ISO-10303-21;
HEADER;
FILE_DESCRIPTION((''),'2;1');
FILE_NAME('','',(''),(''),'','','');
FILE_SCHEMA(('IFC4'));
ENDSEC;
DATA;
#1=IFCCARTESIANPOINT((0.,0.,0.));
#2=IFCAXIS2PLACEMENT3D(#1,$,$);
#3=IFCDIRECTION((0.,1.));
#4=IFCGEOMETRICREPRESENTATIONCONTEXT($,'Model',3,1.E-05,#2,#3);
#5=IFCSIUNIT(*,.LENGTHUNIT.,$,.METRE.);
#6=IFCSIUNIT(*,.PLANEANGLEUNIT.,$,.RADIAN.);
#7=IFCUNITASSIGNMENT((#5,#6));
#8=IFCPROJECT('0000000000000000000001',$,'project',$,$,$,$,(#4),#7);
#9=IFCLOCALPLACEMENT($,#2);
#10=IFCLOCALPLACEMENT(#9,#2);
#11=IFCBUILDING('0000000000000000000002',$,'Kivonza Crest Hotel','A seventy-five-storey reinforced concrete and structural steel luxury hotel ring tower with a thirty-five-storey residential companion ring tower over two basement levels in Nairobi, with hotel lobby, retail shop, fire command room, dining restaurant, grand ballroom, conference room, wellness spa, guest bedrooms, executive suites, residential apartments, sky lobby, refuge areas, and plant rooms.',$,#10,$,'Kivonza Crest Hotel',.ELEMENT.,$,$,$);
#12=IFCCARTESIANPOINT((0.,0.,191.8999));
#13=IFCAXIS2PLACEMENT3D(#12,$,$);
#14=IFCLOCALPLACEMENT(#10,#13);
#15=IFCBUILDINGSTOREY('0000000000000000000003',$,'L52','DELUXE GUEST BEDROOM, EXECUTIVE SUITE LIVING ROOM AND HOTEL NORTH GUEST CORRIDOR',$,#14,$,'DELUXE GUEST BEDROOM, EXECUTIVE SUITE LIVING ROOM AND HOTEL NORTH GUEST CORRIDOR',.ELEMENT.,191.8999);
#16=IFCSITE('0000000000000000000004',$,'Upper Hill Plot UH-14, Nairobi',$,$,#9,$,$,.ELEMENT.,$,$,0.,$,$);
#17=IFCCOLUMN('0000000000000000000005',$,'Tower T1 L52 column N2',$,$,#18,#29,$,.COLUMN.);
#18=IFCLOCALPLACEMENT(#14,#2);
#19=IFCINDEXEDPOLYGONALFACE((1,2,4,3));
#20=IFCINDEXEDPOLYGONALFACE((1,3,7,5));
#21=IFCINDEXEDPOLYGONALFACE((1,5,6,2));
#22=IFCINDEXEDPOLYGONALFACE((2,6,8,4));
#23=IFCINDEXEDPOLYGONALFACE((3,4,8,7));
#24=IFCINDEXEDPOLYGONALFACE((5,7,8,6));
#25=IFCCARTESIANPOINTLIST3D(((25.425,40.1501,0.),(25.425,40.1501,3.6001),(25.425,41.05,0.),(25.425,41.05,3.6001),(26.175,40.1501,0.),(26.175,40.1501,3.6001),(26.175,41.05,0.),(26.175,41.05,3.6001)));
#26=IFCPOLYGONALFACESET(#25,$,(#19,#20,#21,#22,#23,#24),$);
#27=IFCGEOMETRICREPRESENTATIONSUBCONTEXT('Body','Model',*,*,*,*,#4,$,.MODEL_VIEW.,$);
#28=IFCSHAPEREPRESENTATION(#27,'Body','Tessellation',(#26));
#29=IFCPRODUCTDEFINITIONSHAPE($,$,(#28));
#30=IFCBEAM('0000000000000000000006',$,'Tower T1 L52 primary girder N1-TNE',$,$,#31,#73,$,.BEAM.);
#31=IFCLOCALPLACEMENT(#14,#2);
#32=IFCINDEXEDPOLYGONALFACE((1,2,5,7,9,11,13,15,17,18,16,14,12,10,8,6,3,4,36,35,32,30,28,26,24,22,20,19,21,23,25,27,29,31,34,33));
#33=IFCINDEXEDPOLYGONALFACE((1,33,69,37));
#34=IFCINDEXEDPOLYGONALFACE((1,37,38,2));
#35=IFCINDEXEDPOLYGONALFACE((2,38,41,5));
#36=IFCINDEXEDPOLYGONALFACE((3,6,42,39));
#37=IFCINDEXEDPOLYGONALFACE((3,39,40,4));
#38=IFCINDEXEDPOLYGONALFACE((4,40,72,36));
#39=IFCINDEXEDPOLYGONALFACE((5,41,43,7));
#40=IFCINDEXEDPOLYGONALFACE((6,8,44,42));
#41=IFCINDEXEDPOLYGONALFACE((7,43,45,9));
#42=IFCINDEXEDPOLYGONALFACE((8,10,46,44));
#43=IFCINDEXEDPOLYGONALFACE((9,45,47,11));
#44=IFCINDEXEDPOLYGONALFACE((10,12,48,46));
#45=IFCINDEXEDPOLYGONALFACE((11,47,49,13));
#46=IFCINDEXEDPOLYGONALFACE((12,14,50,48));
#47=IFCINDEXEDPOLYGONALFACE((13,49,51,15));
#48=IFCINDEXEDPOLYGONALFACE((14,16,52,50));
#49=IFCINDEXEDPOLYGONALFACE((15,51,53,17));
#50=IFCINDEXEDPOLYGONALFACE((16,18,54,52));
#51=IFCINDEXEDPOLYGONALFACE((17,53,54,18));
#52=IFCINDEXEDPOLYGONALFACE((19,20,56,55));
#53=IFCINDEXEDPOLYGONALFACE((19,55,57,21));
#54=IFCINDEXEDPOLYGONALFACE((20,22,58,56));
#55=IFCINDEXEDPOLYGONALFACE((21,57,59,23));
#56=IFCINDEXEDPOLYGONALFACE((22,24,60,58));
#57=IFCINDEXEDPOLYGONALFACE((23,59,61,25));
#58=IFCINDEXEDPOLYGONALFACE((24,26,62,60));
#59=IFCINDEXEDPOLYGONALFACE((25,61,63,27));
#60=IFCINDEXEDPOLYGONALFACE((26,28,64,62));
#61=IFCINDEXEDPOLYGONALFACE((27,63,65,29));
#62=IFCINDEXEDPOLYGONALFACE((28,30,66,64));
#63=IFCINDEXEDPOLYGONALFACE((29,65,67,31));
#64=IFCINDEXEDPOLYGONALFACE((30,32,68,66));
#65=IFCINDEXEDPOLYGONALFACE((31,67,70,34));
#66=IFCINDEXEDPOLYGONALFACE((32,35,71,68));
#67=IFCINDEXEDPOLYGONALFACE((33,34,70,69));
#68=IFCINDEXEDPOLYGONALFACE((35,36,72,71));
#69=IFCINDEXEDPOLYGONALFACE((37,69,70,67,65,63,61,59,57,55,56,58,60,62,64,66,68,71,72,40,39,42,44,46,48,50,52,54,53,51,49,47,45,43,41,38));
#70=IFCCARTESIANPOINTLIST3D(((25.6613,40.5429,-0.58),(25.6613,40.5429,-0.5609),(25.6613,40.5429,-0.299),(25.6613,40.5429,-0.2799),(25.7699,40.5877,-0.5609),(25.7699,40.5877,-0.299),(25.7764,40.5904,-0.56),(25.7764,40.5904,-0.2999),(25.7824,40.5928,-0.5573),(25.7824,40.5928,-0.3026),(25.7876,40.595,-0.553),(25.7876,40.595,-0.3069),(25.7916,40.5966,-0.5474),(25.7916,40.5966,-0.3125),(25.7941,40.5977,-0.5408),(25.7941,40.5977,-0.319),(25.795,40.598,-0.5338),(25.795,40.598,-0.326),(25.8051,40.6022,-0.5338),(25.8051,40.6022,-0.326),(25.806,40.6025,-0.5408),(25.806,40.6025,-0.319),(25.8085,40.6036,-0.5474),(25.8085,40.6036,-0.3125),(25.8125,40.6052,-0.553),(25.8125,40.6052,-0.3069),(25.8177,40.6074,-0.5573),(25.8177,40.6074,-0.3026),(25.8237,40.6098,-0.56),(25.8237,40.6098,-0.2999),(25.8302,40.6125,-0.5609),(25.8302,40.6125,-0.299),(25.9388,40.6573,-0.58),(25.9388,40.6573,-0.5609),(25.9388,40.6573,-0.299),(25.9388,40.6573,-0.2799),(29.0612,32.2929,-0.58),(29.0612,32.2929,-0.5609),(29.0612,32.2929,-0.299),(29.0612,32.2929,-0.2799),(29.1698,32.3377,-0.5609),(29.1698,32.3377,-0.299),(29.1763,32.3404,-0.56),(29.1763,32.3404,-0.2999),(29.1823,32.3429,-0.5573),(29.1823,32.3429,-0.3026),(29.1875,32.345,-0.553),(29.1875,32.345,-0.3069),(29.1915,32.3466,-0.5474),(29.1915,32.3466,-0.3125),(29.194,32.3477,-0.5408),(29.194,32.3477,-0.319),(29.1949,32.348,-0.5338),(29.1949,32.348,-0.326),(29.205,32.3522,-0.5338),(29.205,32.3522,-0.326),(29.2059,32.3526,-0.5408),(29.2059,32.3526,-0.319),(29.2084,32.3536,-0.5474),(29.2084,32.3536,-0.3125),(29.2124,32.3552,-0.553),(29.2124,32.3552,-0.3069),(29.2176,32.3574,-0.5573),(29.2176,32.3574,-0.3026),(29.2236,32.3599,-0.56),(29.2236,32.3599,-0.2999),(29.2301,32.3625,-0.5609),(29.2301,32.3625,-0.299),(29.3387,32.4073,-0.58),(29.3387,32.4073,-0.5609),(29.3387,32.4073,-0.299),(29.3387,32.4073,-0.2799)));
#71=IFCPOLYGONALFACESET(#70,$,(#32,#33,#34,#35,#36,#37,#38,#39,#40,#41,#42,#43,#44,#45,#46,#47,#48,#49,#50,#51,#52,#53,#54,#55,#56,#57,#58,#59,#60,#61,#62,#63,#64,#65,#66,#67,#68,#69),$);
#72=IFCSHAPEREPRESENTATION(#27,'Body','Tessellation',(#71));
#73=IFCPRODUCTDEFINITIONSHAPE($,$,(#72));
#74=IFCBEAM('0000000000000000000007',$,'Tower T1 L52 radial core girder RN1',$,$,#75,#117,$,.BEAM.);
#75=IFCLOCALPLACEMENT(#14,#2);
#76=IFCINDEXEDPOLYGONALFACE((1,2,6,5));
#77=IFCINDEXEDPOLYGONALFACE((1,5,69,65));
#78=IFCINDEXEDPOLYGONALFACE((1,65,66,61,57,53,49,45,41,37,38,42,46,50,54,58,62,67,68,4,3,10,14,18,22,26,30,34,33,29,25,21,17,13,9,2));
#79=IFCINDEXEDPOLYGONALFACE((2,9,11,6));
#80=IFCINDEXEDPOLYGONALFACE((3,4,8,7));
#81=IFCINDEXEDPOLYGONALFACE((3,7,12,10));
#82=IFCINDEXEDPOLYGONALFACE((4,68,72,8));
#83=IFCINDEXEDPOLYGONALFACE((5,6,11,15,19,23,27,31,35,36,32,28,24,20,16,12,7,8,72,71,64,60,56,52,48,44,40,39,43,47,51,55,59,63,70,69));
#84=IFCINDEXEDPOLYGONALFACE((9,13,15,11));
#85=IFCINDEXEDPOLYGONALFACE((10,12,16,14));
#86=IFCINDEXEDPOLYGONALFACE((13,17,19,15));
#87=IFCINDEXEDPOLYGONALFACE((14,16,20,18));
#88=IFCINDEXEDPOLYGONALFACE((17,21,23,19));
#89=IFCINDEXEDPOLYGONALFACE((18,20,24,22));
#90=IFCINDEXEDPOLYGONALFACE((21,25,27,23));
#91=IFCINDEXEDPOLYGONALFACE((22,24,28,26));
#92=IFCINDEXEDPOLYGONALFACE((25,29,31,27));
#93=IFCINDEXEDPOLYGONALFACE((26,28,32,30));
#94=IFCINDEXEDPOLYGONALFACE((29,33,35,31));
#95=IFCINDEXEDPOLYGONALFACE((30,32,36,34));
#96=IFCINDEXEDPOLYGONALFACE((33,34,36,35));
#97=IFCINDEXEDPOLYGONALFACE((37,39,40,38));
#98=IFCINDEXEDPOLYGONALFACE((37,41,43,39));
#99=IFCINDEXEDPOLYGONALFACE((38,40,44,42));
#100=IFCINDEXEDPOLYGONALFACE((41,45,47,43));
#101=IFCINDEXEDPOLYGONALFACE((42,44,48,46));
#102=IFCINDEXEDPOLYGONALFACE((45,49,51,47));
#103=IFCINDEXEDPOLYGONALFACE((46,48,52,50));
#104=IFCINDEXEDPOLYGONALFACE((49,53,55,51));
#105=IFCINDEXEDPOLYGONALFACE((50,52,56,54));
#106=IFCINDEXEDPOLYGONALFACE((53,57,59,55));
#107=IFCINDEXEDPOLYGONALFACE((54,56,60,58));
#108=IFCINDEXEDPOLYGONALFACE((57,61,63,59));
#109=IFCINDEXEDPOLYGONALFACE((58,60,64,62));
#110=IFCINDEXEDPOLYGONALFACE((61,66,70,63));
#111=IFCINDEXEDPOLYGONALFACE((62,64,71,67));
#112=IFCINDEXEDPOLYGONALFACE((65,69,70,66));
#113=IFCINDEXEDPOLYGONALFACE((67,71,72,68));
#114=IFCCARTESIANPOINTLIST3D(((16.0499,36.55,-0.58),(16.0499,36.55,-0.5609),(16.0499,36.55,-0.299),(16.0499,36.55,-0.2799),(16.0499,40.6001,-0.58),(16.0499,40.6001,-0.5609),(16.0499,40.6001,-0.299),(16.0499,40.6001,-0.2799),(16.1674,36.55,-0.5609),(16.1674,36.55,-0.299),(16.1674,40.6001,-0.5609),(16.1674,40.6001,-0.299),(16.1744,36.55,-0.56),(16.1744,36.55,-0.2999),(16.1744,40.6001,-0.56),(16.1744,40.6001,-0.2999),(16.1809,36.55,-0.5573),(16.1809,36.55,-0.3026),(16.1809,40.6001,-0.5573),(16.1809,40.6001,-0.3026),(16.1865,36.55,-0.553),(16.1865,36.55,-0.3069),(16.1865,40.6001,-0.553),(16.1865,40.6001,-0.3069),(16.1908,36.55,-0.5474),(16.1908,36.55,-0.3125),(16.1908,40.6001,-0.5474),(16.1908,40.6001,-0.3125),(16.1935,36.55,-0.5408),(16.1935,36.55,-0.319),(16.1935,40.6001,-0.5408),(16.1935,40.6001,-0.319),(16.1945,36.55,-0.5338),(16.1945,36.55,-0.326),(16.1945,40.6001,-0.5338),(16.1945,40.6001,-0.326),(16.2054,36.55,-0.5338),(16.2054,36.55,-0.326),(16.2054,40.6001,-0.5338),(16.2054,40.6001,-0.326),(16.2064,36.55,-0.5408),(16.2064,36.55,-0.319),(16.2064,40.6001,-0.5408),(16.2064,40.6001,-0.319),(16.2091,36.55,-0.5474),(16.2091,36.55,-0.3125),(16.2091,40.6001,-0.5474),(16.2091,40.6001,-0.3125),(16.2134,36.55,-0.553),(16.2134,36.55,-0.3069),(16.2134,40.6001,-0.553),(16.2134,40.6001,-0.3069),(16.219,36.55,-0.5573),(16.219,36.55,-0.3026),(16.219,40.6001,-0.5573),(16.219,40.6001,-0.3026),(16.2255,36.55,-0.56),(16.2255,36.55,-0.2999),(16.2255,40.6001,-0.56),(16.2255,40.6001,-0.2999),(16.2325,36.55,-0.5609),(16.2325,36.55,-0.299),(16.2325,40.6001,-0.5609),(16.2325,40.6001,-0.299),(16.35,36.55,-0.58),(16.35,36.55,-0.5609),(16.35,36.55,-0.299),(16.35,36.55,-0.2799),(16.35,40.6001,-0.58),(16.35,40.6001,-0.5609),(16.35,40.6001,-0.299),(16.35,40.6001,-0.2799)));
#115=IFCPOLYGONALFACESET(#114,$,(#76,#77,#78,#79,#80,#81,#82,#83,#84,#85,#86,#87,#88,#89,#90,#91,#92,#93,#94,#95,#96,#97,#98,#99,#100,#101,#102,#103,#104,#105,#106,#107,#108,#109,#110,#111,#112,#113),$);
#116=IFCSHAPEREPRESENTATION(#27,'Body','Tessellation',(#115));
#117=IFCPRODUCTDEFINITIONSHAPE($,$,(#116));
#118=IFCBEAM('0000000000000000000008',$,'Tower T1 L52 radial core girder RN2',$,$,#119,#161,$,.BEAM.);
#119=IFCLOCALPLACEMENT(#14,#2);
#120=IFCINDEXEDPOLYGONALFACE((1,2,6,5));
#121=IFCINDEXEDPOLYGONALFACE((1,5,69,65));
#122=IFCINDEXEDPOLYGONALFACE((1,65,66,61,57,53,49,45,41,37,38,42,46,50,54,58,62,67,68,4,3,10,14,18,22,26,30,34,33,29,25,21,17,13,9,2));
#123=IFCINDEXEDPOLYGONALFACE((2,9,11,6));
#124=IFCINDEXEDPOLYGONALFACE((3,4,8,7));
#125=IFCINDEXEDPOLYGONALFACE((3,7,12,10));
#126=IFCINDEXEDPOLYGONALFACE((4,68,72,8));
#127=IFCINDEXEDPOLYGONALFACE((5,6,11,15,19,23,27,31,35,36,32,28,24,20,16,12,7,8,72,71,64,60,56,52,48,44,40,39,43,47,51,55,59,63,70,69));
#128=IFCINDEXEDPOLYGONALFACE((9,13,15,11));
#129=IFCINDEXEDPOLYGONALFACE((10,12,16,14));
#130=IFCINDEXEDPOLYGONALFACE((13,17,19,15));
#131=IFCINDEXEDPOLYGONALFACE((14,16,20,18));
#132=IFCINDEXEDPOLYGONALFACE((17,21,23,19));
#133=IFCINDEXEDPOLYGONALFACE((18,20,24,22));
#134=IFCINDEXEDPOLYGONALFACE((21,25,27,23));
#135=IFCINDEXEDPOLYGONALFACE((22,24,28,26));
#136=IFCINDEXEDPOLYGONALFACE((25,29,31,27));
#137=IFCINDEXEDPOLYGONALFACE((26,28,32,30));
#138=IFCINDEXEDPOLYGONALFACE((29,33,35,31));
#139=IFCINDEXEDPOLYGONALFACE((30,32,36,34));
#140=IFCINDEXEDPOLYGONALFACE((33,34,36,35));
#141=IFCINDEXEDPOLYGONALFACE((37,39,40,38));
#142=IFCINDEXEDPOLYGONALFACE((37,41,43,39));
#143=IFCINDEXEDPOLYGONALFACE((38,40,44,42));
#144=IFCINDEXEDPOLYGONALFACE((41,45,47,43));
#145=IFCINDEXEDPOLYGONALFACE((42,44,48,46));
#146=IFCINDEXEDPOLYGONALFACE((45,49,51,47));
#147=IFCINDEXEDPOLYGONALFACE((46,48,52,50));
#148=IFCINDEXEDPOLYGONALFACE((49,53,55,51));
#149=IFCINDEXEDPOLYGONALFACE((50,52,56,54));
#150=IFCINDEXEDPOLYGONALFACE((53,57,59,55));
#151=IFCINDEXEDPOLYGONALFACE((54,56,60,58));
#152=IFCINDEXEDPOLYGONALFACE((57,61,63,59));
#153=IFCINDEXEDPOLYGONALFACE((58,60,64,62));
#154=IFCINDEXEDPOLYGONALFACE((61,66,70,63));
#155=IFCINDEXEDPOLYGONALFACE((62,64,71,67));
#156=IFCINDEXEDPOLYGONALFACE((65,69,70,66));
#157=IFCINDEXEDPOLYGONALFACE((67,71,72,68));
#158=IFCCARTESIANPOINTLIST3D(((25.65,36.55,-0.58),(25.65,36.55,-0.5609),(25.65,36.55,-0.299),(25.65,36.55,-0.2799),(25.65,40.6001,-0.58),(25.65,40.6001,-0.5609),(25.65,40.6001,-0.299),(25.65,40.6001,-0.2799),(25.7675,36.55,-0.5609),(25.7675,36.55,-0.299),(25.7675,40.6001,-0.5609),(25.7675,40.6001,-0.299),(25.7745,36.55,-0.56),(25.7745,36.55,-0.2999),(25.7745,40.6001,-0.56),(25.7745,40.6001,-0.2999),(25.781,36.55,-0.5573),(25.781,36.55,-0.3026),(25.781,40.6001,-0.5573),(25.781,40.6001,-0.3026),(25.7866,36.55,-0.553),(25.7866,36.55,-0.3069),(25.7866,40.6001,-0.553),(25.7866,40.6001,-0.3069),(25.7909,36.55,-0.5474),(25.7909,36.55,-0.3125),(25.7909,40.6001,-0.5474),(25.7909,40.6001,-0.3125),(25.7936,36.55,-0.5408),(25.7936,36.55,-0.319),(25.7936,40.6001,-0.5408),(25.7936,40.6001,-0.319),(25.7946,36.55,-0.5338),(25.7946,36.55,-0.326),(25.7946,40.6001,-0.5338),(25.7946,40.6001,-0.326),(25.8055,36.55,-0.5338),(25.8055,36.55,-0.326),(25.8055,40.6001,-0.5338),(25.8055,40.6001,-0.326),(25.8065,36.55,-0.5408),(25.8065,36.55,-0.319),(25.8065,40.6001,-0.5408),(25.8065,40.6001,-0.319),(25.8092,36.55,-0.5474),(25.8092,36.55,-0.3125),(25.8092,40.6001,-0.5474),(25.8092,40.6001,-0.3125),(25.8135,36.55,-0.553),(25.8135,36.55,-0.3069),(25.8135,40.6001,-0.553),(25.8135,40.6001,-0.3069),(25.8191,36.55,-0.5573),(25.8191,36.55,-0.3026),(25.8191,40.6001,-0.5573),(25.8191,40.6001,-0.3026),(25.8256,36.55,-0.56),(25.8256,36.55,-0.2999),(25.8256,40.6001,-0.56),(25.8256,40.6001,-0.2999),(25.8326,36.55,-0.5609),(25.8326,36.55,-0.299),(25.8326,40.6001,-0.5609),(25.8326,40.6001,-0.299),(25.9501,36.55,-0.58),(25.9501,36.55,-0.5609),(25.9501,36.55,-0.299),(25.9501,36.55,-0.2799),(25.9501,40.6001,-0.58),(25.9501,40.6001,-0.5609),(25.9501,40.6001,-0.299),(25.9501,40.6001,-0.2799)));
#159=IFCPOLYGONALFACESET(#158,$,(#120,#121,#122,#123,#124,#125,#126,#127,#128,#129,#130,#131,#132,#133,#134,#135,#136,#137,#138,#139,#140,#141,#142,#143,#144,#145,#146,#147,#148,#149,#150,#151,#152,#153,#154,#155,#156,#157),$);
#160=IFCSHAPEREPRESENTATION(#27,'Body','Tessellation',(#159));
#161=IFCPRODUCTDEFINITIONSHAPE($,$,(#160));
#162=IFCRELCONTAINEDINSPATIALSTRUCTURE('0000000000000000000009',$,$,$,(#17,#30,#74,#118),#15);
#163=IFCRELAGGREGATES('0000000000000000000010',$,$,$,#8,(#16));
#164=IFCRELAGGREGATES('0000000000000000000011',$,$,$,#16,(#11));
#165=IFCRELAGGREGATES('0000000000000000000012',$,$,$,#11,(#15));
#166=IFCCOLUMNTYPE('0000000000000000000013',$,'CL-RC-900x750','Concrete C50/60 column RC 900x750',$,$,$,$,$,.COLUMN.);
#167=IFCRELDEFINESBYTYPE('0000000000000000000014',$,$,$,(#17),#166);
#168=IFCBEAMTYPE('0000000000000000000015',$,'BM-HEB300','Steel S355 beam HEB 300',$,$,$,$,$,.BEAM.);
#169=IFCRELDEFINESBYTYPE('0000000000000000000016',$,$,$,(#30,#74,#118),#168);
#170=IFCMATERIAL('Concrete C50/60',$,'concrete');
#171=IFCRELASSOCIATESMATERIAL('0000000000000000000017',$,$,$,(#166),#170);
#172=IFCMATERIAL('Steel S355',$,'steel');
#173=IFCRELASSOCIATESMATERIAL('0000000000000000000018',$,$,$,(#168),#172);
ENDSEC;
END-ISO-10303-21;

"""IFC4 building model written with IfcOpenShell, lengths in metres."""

from ifc_helpers import new_model, si_unit, direction, frame, origin, origin_2d, place, context, subcontext, project, spatial, rectangle, i_section, extrude, material, material_profile, profile_set, type_object, element, save


model = new_model("IFC4")

# Units and contexts
model_context = context("Model", 3, precision=1e-05, world=origin(), true_north=direction((0.0, 1.0)))
body_context = subcontext(model_context, "Body", "Model", "MODEL_VIEW")
ifc_project = project(units=[si_unit("LENGTHUNIT", "METRE"), si_unit("PLANEANGLEUNIT", "RADIAN")], contexts=[model_context])

# Site, building, storey
site_placement = place(None, origin())
site = spatial("IfcSite", under=ifc_project, at=site_placement, Name="Upper Hill Plot UH-14, Nairobi", CompositionType="ELEMENT", RefElevation=0.0)
building_placement = place(site_placement, origin())
building = spatial("IfcBuilding", under=site, at=building_placement, Name="Kivonza Crest Hotel", Description="A seventy-five-storey reinforced concrete and structural steel luxury hotel ring tower with a thirty-five-storey residential companion ring tower over two basement levels in Nairobi, with hotel lobby, retail shop, fire command room, dining restaurant, grand ballroom, conference room, wellness spa, guest bedrooms, executive suites, residential apartments, sky lobby, refuge areas, and plant rooms.", LongName="Kivonza Crest Hotel", CompositionType="ELEMENT")
storey_placement = place(building_placement, frame((0.0, 0.0, 191.8999)))
storey = spatial("IfcBuildingStorey", under=building, at=storey_placement, Name="L52", Description="DELUXE GUEST BEDROOM, EXECUTIVE SUITE LIVING ROOM AND HOTEL NORTH GUEST CORRIDOR", LongName="DELUXE GUEST BEDROOM, EXECUTIVE SUITE LIVING ROOM AND HOTEL NORTH GUEST CORRIDOR", CompositionType="ELEMENT", Elevation=191.8999)

# Column
ifc_material_1 = material(Name="Concrete C50/60", Category="concrete")
ifc_material_profile_1 = material_profile(ifc_material_1, rectangle(XDim=0.75, YDim=0.8999, at=origin_2d()), Name="RC 900x750")
ifc_profile_set_1 = profile_set([ifc_material_profile_1], Name="Concrete C50/60")
column_type = type_object("IfcColumnType", Name="CL-RC-900x750", Description="Concrete C50/60 column RC 900x750", PredefinedType="COLUMN", material=ifc_profile_set_1)
column_placement = place(storey_placement, frame((25.8, 40.6001, 0.0), z_axis=(0.0, 0.0, 1.0), x_axis=(1.0, 0.0, 0.0)))
element("IfcColumn", 1, at=column_placement, inside=storey, type_object=column_type, Name="Tower T1 L52 column N2", PredefinedType="COLUMN", context=body_context, shape_type="SweptSolid", body=[
    extrude(rectangle(XDim=0.75, YDim=0.8999, at=origin_2d()), origin(), (0.0, 0.0, 1.0), 3.6001),
])

# Beams
ifc_material_2 = material(Name="Steel S355", Category="steel")
ifc_material_profile_2 = material_profile(ifc_material_2, i_section(OverallWidth=0.3, OverallDepth=0.3, WebThickness=0.011, FlangeThickness=0.019, FilletRadius=0.0271, at=origin_2d()), Name="HEB 300")
ifc_profile_set_2 = profile_set([ifc_material_profile_2], Name="Steel S355")
beam_type_1 = type_object("IfcBeamType", Name="BM-HEB300", Description="Steel S355 beam HEB 300", PredefinedType="BEAM", material=ifc_profile_set_2)
beam_1_placement = place(storey_placement, frame((25.8, 40.6001, -0.4299), z_axis=(0.381022, -0.924566, 0.0), x_axis=(0.924566, 0.381022, 0.0)))
element("IfcBeam", 2, at=beam_1_placement, inside=storey, type_object=beam_type_1, Name="Tower T1 L52 primary girder N1-TNE", PredefinedType="BEAM", context=body_context, shape_type="SweptSolid", body=[
    extrude(i_section(OverallWidth=0.3, OverallDepth=0.3, WebThickness=0.011, FlangeThickness=0.019, FilletRadius=0.0271, at=origin_2d()), origin(), (0.0, 0.0, 1.0), 8.9231),
])
for number, where, z_axis, x_axis, name in (
    (3, (16.2, 40.6001, -0.4299), (0.0, -1.0, 0.0), (1.0, 0.0, 0.0), "Tower T1 L52 radial core girder RN1"),
    (4, (25.8, 40.6001, -0.4299), (0.0, -1.0, 0.0), (1.0, 0.0, 0.0), "Tower T1 L52 radial core girder RN2"),
):
    element("IfcBeam", number, at=place(storey_placement, frame(where, z_axis=z_axis, x_axis=x_axis)), inside=storey, type_object=beam_type_1, Name=name, PredefinedType="BEAM", context=body_context, shape_type="SweptSolid", body=[
        extrude(i_section(OverallWidth=0.3, OverallDepth=0.3, WebThickness=0.011, FlangeThickness=0.019, FilletRadius=0.0271, at=origin_2d()), origin(), (0.0, 0.0, 1.0), 4.05),
    ])

save(model, "model.ifc")
